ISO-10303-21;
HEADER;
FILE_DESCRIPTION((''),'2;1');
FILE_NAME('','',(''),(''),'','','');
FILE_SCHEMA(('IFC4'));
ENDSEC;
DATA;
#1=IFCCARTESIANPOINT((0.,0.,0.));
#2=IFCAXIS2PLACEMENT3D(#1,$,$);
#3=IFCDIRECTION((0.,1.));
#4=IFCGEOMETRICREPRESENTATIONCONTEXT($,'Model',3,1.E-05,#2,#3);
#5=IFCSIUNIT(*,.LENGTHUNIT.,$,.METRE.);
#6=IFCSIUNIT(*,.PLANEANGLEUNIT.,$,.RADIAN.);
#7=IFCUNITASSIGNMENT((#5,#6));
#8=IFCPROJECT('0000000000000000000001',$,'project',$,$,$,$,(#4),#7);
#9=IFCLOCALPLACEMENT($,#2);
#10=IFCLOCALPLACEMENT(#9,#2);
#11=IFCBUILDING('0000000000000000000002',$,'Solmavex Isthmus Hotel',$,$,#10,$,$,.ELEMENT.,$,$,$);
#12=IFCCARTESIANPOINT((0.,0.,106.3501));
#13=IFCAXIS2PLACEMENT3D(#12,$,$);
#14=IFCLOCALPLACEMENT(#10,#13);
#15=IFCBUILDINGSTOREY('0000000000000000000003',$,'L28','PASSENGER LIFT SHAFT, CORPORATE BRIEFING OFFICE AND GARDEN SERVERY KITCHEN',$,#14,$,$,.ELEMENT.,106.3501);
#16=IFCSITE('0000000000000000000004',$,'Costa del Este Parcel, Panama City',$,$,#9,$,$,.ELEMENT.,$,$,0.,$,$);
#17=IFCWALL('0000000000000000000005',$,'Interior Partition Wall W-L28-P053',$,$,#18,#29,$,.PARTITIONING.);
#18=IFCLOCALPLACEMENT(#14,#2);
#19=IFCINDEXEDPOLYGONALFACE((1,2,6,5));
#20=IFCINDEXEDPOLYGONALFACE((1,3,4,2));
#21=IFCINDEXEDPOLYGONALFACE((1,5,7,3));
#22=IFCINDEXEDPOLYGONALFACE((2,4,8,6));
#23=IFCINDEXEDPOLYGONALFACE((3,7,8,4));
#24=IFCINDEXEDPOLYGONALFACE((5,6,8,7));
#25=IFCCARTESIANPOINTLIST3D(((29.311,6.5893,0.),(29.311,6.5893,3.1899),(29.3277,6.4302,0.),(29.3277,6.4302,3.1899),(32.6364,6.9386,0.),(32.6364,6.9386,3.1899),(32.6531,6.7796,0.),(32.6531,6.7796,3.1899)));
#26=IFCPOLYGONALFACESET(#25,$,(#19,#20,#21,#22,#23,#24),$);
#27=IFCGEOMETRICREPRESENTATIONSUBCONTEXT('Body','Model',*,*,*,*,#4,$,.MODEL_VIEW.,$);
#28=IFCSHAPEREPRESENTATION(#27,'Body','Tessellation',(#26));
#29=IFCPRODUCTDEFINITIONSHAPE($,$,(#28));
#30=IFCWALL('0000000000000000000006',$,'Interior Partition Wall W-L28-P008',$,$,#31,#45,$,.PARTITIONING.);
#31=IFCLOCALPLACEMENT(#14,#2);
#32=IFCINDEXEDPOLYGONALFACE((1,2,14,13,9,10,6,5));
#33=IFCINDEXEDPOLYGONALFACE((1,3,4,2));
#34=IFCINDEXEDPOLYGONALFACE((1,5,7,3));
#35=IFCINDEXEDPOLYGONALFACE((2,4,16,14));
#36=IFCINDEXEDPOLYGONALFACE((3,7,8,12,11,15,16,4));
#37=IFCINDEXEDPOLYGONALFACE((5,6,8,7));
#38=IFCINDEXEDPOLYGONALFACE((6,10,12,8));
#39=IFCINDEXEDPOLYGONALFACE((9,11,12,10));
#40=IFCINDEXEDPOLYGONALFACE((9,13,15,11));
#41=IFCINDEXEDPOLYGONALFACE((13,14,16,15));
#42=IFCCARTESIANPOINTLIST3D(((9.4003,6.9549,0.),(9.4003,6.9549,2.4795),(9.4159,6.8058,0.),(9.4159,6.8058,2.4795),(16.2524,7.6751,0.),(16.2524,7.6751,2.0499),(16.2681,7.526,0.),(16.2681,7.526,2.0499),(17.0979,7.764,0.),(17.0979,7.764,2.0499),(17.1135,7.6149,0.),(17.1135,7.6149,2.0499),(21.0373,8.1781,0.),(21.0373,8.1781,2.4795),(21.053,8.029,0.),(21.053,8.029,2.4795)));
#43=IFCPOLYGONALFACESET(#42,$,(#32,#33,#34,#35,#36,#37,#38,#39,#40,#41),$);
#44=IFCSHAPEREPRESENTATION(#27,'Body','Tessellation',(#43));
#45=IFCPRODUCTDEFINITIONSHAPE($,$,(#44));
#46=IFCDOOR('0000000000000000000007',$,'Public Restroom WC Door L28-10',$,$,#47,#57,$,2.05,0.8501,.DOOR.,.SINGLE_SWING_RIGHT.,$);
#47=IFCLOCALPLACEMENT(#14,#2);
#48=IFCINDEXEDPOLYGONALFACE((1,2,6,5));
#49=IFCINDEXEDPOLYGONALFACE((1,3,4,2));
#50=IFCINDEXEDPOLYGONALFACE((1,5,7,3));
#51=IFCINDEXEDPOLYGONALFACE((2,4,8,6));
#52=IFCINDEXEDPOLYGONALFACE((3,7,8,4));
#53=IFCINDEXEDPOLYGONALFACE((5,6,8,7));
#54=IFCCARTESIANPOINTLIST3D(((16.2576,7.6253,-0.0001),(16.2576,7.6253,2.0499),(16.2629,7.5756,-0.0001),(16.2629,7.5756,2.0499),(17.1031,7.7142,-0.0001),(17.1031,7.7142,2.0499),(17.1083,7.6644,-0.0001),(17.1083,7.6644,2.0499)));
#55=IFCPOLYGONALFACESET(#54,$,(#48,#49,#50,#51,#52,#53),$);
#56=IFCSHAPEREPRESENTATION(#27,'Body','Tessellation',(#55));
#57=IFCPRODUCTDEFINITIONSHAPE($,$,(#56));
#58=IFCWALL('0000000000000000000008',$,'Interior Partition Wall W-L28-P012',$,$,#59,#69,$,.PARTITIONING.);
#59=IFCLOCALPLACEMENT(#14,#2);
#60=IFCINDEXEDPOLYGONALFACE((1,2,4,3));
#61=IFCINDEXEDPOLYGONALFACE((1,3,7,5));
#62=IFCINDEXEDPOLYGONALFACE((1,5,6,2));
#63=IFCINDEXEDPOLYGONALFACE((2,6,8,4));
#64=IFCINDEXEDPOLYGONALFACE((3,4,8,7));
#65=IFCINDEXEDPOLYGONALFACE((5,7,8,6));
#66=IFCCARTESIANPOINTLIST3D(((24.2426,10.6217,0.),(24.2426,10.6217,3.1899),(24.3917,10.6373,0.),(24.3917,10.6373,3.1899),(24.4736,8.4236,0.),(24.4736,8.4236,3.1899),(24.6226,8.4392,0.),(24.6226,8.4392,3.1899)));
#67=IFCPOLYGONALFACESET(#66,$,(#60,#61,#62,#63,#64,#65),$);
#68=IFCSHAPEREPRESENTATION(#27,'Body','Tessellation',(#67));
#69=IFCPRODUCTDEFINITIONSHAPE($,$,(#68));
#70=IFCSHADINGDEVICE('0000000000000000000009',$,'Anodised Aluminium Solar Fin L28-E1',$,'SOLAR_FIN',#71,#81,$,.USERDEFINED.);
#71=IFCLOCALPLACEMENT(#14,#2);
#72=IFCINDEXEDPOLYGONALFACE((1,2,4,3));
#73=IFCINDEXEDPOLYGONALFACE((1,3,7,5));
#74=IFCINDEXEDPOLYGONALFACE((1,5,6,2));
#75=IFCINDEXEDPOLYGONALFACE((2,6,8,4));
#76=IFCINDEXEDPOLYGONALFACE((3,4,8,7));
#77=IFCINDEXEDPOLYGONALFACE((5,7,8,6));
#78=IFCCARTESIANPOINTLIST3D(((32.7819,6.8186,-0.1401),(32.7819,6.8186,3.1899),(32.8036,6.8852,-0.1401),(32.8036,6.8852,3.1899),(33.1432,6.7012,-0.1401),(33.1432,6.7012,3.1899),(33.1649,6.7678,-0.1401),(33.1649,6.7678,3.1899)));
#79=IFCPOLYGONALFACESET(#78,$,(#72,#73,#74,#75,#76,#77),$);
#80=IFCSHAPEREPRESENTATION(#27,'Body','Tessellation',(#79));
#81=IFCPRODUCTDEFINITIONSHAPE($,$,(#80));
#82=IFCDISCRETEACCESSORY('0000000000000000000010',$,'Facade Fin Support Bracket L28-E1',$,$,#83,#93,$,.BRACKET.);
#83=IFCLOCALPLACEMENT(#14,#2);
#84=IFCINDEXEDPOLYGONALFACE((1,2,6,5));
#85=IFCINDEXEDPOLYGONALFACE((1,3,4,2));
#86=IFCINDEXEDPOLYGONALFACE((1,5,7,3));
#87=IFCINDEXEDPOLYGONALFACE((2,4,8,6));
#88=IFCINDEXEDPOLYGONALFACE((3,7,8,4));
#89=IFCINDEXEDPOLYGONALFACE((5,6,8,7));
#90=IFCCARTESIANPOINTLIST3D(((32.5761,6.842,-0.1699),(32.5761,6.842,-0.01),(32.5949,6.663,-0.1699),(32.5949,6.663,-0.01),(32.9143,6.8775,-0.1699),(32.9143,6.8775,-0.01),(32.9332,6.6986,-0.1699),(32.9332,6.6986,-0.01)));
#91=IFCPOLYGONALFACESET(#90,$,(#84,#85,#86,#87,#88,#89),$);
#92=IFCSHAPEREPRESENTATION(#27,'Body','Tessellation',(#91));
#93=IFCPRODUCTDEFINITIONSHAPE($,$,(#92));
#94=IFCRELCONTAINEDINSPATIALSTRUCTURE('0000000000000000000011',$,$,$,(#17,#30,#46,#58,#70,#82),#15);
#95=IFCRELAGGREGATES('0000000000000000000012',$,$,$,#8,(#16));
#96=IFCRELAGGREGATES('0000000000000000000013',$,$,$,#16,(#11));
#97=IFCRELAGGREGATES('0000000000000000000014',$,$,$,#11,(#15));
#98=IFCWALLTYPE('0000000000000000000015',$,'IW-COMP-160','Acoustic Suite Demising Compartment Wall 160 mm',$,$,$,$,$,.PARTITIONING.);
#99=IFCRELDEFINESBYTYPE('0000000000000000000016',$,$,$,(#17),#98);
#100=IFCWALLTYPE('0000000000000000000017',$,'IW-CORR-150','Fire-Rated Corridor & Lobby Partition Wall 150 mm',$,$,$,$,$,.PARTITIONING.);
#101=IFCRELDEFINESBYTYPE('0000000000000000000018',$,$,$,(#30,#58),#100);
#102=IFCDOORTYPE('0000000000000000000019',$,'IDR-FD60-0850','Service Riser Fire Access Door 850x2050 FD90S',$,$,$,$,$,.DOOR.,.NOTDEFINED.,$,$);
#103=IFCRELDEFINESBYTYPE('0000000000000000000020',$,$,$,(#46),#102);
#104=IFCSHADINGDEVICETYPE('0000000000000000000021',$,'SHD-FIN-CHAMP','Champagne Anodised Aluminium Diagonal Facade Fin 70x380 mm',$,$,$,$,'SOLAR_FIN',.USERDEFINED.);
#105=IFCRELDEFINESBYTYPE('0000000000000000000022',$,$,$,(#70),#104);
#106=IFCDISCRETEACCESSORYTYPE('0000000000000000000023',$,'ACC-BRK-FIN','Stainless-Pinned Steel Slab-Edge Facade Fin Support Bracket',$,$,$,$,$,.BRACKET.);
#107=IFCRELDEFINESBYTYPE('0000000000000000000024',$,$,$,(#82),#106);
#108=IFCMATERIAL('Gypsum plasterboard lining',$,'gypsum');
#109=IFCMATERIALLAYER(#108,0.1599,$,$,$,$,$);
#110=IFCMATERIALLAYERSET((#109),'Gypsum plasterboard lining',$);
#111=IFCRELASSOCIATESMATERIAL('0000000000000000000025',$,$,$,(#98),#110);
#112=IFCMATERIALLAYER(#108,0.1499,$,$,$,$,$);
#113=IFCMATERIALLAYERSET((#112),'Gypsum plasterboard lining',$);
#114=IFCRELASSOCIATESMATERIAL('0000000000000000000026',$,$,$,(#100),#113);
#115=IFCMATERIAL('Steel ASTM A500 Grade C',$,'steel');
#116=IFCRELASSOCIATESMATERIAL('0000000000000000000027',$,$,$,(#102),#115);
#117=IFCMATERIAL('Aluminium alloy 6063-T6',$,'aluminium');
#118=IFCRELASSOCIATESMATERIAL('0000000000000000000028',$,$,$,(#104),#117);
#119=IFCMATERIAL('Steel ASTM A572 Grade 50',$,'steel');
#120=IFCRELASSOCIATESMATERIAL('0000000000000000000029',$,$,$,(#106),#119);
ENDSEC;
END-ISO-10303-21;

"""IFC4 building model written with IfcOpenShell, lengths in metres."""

from ifc_helpers import new_model, si_unit, direction, frame, frame_2d, origin, origin_2d, place, context, subcontext, project, spatial, rectangle, extrude, material, layer, layer_set, type_object, element, fill, save


model = new_model("IFC4")

# Units and contexts
model_context = context("Model", 3, precision=1e-05, world=origin(), true_north=direction((0.0, 1.0)))
body_context = subcontext(model_context, "Body", "Model", "MODEL_VIEW")
ifc_project = project(units=[si_unit("LENGTHUNIT", "METRE"), si_unit("PLANEANGLEUNIT", "RADIAN")], contexts=[model_context])

# Site, building, storey
site_placement = place(None, origin())
site = spatial("IfcSite", under=ifc_project, at=site_placement, Name="Costa del Este Parcel, Panama City", CompositionType="ELEMENT", RefElevation=0.0)
building_placement = place(site_placement, origin())
building = spatial("IfcBuilding", under=site, at=building_placement, Name="Solmavex Isthmus Hotel", CompositionType="ELEMENT")
storey_placement = place(building_placement, frame((0.0, 0.0, 106.3501)))
storey = spatial("IfcBuildingStorey", under=building, at=storey_placement, Name="L28", Description="PASSENGER LIFT SHAFT, CORPORATE BRIEFING OFFICE AND GARDEN SERVERY KITCHEN", CompositionType="ELEMENT", Elevation=106.3501)

# Shared definitions
ifc_material_1 = material(Name="Aluminium alloy 6063-T6", Category="aluminium")

# Shared definitions
ifc_material_2 = material(Name="Gypsum plasterboard lining", Category="gypsum")
ifc_layer_1 = layer(ifc_material_2, 0.1599)
ifc_layer_set_1 = layer_set([ifc_layer_1], Name="Gypsum plasterboard lining")
wall_type_1 = type_object("IfcWallType", Name="IW-COMP-160", Description="Acoustic Suite Demising Compartment Wall 160 mm", PredefinedType="PARTITIONING", material=ifc_layer_set_1)

# Wall
wall_1_placement = place(storey_placement, frame((32.6448, 6.8591, 0.0), z_axis=(0.0, 0.0, 1.0), x_axis=(-0.994527, -0.104483, 0.0)))
element("IfcWall", 1, at=wall_1_placement, inside=storey, type_object=wall_type_1, Name="Interior Partition Wall W-L28-P053", PredefinedType="PARTITIONING", context=body_context, shape_type="SweptSolid", body=[
    extrude(rectangle(XDim=3.3438, YDim=0.1599, at=frame_2d((1.6719, 0.0))), origin(), (0.0, 0.0, 1.0), 3.1899),
])

# Wall, opening, door
ifc_layer_2 = layer(ifc_material_2, 0.1499)
ifc_layer_set_2 = layer_set([ifc_layer_2], Name="Gypsum plasterboard lining")
wall_type_2 = type_object("IfcWallType", Name="IW-CORR-150", Description="Fire-Rated Corridor & Lobby Partition Wall 150 mm", PredefinedType="PARTITIONING", material=ifc_layer_set_2)
wall_2_placement = place(storey_placement, frame((21.0452, 8.1035, 0.0), z_axis=(0.0, 0.0, 1.0), x_axis=(-0.994521, -0.104533, 0.0)))
wall_2 = element("IfcWall", 2, at=wall_2_placement, inside=storey, type_object=wall_type_2, Name="Interior Partition Wall W-L28-P008", PredefinedType="PARTITIONING", context=body_context, shape_type="SweptSolid", body=[
    extrude(rectangle(XDim=11.7012, YDim=0.1499, at=frame_2d((5.8506, 0.0))), origin(), (0.0, 0.0, 1.0), 2.4795),
])
opening_1_placement = place(wall_2_placement, frame((3.9612, 0.0, 0.0)))
opening_1 = element("IfcOpeningElement", 3, at=opening_1_placement, cuts=wall_2, PredefinedType="OPENING", context=body_context, shape_type="SweptSolid", body=[
    extrude(rectangle(XDim=0.8501, YDim=2.05, at=frame_2d((0.425, 1.0249))), frame((0.0, 0.085, 0.0), z_axis=(0.0, -1.0, 0.0), x_axis=(1.0, 0.0, 0.0)), (0.0, 0.0, 1.0), 0.1699),
])
ifc_material_3 = material(Name="Steel ASTM A500 Grade C", Category="steel")
door_type_1 = type_object("IfcDoorType", Name="IDR-FD60-0850", Description="Service Riser Fire Access Door 850x2050 FD90S", OperationType="NOTDEFINED", PredefinedType="DOOR", material=ifc_material_3)
door_1_placement = place(opening_1_placement, frame((0.8501, 0.0, 0.0), z_axis=(0.0, 0.0, 1.0), x_axis=(-1.0, 0.0, 0.0)))
door_1 = element("IfcDoor", 4, at=door_1_placement, inside=storey, type_object=door_type_1, Name="Public Restroom WC Door L28-10", OperationType="SINGLE_SWING_RIGHT", OverallHeight=2.05, OverallWidth=0.8501, PredefinedType="DOOR", context=body_context, shape_type="SweptSolid", body=[
    extrude(rectangle(XDim=0.8501, YDim=2.05, at=frame_2d((0.425, 1.0249))), frame((0.0, 0.0249, 0.0), z_axis=(0.0, -1.0, 0.0), x_axis=(1.0, 0.0, 0.0)), (0.0, 0.0, 1.0), 0.05),
])
fill(opening_1, door_1)

# Wall
wall_3_placement = place(storey_placement, frame((24.3171, 10.6294, 0.0), z_axis=(0.0, 0.0, 1.0), x_axis=(0.104501, -0.994525, 0.0)))
element("IfcWall", 5, at=wall_3_placement, inside=storey, type_object=wall_type_2, Name="Interior Partition Wall W-L28-P012", PredefinedType="PARTITIONING", context=body_context, shape_type="SweptSolid", body=[
    extrude(rectangle(XDim=2.2102, YDim=0.1499, at=frame_2d((1.105, 0.0))), origin(), (0.0, 0.0, 1.0), 3.1899),
])

# Shading device
shading_device_type = type_object("IfcShadingDeviceType", Name="SHD-FIN-CHAMP", Description="Champagne Anodised Aluminium Diagonal Facade Fin 70x380 mm", ElementType="SOLAR_FIN", PredefinedType="USERDEFINED", material=ifc_material_1)
shading_device_placement = place(storey_placement, frame((32.9734, 6.7932, -0.1401), z_axis=(0.0, 0.0, 1.0), x_axis=(0.951057, -0.309017, 0.0)))
element("IfcShadingDevice", 6, at=shading_device_placement, inside=storey, type_object=shading_device_type, Name="Anodised Aluminium Solar Fin L28-E1", ObjectType="SOLAR_FIN", PredefinedType="USERDEFINED", context=body_context, shape_type="SweptSolid", body=[
    extrude(rectangle(XDim=0.3799, YDim=0.0701, at=origin_2d()), origin(), (0.0, 0.0, 1.0), 3.3301),
])

# Discrete accessory
ifc_material_4 = material(Name="Steel ASTM A572 Grade 50", Category="steel")
discrete_accessory_type = type_object("IfcDiscreteAccessoryType", Name="ACC-BRK-FIN", Description="Stainless-Pinned Steel Slab-Edge Facade Fin Support Bracket", PredefinedType="BRACKET", material=ifc_material_4)
discrete_accessory_placement = place(storey_placement, frame((32.7546, 6.7703, -0.1699), z_axis=(0.0, 0.0, 1.0), x_axis=(0.994522, 0.104528, 0.0)))
element("IfcDiscreteAccessory", 7, at=discrete_accessory_placement, inside=storey, type_object=discrete_accessory_type, Name="Facade Fin Support Bracket L28-E1", PredefinedType="BRACKET", context=body_context, shape_type="SweptSolid", body=[
    extrude(rectangle(XDim=0.3401, YDim=0.1799, at=origin_2d()), origin(), (0.0, 0.0, 1.0), 0.1599),
])

save(model, "model.ifc")
